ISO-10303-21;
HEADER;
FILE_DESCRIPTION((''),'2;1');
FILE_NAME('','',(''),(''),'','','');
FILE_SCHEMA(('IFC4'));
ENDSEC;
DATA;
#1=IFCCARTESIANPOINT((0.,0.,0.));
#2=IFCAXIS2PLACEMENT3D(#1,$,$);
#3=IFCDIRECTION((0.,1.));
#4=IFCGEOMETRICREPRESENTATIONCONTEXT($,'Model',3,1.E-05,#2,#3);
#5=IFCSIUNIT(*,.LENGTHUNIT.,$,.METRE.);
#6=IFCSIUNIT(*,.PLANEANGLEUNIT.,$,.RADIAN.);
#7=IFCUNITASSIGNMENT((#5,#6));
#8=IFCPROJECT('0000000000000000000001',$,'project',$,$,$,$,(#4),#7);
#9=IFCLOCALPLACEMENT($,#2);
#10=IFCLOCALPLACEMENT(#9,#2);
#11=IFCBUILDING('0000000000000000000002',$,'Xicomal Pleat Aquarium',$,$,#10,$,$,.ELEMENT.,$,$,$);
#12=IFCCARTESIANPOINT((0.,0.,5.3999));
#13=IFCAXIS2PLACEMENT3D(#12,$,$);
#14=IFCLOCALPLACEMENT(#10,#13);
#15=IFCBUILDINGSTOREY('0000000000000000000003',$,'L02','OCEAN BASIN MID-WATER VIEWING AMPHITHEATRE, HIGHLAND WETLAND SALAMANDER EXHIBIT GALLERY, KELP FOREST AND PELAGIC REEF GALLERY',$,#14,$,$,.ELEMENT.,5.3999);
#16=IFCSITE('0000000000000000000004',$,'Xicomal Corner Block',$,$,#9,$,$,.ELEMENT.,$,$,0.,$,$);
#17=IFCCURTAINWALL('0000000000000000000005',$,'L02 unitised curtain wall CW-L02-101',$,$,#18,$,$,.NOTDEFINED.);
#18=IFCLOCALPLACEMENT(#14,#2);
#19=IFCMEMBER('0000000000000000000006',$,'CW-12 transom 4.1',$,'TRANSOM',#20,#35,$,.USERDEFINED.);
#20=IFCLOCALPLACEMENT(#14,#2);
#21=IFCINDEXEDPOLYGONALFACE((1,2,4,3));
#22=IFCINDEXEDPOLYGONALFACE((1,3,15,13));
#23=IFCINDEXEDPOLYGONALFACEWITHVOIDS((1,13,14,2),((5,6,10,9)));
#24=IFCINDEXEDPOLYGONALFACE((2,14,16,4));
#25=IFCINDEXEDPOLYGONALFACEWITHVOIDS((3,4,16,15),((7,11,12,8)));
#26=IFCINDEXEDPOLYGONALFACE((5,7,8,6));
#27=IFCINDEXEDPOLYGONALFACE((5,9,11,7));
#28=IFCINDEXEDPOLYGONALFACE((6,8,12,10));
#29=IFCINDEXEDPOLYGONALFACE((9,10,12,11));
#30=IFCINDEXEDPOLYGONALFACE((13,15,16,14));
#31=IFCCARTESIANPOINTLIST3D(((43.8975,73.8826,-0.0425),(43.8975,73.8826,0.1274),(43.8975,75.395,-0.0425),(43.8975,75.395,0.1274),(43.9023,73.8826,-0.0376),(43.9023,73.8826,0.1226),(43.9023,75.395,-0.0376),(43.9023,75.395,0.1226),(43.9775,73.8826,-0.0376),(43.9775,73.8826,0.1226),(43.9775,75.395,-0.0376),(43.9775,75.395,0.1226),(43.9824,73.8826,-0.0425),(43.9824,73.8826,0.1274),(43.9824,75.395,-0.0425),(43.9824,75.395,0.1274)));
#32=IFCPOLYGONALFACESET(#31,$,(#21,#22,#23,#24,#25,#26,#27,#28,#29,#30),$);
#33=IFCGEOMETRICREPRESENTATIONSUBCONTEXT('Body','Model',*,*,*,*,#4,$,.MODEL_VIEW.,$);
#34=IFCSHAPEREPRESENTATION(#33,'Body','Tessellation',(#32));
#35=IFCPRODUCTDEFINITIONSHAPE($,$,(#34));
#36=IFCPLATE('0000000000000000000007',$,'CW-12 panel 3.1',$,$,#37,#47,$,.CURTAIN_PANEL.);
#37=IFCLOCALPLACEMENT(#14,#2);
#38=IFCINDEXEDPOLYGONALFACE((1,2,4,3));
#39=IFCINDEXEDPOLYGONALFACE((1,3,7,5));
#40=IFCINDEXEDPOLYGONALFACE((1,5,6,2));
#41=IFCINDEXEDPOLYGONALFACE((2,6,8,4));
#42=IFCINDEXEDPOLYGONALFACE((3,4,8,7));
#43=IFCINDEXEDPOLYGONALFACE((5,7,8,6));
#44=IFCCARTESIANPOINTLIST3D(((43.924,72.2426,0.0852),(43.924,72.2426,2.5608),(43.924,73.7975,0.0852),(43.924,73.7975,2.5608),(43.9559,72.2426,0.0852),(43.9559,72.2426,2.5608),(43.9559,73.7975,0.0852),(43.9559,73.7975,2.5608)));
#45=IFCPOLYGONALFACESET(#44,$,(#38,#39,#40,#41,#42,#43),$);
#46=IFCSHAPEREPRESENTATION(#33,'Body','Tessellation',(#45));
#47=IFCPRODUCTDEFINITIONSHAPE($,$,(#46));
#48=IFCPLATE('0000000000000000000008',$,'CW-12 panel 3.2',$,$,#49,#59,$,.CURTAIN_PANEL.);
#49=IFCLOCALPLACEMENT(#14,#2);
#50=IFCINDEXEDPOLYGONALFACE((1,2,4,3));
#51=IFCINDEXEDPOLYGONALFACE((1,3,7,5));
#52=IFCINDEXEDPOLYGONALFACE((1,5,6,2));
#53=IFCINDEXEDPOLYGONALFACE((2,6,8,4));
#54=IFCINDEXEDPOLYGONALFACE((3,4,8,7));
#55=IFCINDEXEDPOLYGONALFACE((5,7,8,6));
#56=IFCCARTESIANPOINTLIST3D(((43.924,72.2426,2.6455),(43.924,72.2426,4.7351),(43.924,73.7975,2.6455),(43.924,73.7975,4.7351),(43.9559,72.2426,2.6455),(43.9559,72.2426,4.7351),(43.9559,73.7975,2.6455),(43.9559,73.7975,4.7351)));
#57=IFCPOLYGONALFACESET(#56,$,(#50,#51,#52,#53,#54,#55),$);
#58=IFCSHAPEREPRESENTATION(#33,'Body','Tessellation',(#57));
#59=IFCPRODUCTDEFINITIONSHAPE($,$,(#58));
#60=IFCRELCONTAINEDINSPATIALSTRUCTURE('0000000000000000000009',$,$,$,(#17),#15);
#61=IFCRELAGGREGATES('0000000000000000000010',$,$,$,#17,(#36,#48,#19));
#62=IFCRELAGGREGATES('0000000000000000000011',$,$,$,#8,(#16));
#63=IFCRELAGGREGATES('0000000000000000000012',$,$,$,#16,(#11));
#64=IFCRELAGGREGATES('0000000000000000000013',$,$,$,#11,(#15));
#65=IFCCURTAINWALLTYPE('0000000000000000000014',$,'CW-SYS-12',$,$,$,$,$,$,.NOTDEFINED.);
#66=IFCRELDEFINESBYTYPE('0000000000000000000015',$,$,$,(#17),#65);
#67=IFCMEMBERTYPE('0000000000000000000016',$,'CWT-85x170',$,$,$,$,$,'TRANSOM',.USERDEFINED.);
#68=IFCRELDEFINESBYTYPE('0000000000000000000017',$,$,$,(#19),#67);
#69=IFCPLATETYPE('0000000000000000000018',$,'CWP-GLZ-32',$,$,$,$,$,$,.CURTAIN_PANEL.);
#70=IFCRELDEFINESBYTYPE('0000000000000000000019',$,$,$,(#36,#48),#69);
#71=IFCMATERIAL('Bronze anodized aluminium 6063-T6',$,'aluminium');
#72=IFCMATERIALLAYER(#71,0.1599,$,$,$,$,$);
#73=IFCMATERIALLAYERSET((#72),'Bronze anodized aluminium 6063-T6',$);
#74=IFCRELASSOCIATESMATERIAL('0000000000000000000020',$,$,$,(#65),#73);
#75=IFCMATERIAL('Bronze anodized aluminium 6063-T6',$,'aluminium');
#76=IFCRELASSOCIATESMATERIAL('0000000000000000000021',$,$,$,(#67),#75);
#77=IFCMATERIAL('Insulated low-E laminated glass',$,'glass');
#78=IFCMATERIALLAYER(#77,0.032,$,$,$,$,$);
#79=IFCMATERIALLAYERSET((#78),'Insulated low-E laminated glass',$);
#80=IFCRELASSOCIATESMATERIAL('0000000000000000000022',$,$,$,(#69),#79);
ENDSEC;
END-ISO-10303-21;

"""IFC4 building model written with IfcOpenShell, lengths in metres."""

from ifc_helpers import new_model, si_unit, direction, frame, origin, origin_2d, place, context, subcontext, project, spatial, rectangle, hollow_rectangle, extrude, material, layer, layer_set, material_profile, profile_set, type_object, element, aggregate, save


model = new_model("IFC4")

# Units and contexts
model_context = context("Model", 3, precision=1e-05, world=origin(), true_north=direction((0.0, 1.0)))
body_context = subcontext(model_context, "Body", "Model", "MODEL_VIEW")
ifc_project = project(units=[si_unit("LENGTHUNIT", "METRE"), si_unit("PLANEANGLEUNIT", "RADIAN")], contexts=[model_context])

# Site, building, storey
site_placement = place(None, origin())
site = spatial("IfcSite", under=ifc_project, at=site_placement, Name="Xicomal Corner Block", CompositionType="ELEMENT", RefElevation=0.0)
building_placement = place(site_placement, origin())
building = spatial("IfcBuilding", under=site, at=building_placement, Name="Xicomal Pleat Aquarium", CompositionType="ELEMENT")
storey_placement = place(building_placement, frame((0.0, 0.0, 5.3999)))
storey = spatial("IfcBuildingStorey", under=building, at=storey_placement, Name="L02", Description="OCEAN BASIN MID-WATER VIEWING AMPHITHEATRE, HIGHLAND WETLAND SALAMANDER EXHIBIT GALLERY, KELP FOREST AND PELAGIC REEF GALLERY", CompositionType="ELEMENT", Elevation=5.3999)

# Curtain wall, member, plates
ifc_material_1 = material(Name="Bronze anodized aluminium 6063-T6", Category="aluminium")
ifc_layer_1 = layer(ifc_material_1, 0.1599)
ifc_layer_set_1 = layer_set([ifc_layer_1], Name="Bronze anodized aluminium 6063-T6")
curtain_wall_type = type_object("IfcCurtainWallType", Name="CW-SYS-12", PredefinedType="NOTDEFINED", material=ifc_layer_set_1)
curtain_wall_placement = place(storey_placement, origin())
curtain_wall = element("IfcCurtainWall", 1, at=curtain_wall_placement, inside=storey, type_object=curtain_wall_type, Name="L02 unitised curtain wall CW-L02-101", PredefinedType="NOTDEFINED")
ifc_material_2 = material(Name="Bronze anodized aluminium 6063-T6", Category="aluminium")
ifc_material_profile_1 = material_profile(ifc_material_2, hollow_rectangle(XDim=0.085, YDim=0.1699, WallThickness=0.0049, at=origin_2d()), Name="ALU TRAN 85x170")
ifc_profile_set_1 = profile_set([ifc_material_profile_1], Name="Bronze anodized aluminium 6063-T6")
member_type_1 = type_object("IfcMemberType", Name="CWT-85x170", ElementType="TRANSOM", PredefinedType="USERDEFINED", material=ifc_profile_set_1)
member_1_placement = place(storey_placement, frame((43.9399, 73.8826, 0.0425), z_axis=(0.0, 1.0, 0.0), x_axis=(-1.0, 0.0, 0.0)))
member_1 = element("IfcMember", 2, at=member_1_placement, type_object=member_type_1, Name="CW-12 transom 4.1", ObjectType="TRANSOM", PredefinedType="USERDEFINED", context=body_context, shape_type="SweptSolid", body=[
    extrude(hollow_rectangle(XDim=0.085, YDim=0.1699, WallThickness=0.0049, at=origin_2d()), origin(), (0.0, 0.0, 1.0), 1.5125),
])
ifc_material_3 = material(Name="Insulated low-E laminated glass", Category="glass")
ifc_layer_2 = layer(ifc_material_3, 0.032)
ifc_layer_set_2 = layer_set([ifc_layer_2], Name="Insulated low-E laminated glass")
plate_type = type_object("IfcPlateType", Name="CWP-GLZ-32", PredefinedType="CURTAIN_PANEL", material=ifc_layer_set_2)
plate_1_placement = place(storey_placement, frame((43.9399, 73.02, 0.0852), z_axis=(0.0, 0.0, 1.0), x_axis=(0.0, 1.0, 0.0)))
plate_1 = element("IfcPlate", 3, at=plate_1_placement, type_object=plate_type, Name="CW-12 panel 3.1", PredefinedType="CURTAIN_PANEL", context=body_context, shape_type="SweptSolid", body=[
    extrude(rectangle(XDim=1.5549, YDim=0.032, at=origin_2d()), origin(), (0.0, 0.0, 1.0), 2.4756),
])
plate_2_placement = place(storey_placement, frame((43.9399, 73.02, 2.6455), z_axis=(0.0, 0.0, 1.0), x_axis=(0.0, 1.0, 0.0)))
plate_2 = element("IfcPlate", 4, at=plate_2_placement, type_object=plate_type, Name="CW-12 panel 3.2", PredefinedType="CURTAIN_PANEL", context=body_context, shape_type="SweptSolid", body=[
    extrude(rectangle(XDim=1.5549, YDim=0.032, at=origin_2d()), origin(), (0.0, 0.0, 1.0), 2.0896),
])
aggregate(curtain_wall, [plate_1, plate_2, member_1])

save(model, "model.ifc")
